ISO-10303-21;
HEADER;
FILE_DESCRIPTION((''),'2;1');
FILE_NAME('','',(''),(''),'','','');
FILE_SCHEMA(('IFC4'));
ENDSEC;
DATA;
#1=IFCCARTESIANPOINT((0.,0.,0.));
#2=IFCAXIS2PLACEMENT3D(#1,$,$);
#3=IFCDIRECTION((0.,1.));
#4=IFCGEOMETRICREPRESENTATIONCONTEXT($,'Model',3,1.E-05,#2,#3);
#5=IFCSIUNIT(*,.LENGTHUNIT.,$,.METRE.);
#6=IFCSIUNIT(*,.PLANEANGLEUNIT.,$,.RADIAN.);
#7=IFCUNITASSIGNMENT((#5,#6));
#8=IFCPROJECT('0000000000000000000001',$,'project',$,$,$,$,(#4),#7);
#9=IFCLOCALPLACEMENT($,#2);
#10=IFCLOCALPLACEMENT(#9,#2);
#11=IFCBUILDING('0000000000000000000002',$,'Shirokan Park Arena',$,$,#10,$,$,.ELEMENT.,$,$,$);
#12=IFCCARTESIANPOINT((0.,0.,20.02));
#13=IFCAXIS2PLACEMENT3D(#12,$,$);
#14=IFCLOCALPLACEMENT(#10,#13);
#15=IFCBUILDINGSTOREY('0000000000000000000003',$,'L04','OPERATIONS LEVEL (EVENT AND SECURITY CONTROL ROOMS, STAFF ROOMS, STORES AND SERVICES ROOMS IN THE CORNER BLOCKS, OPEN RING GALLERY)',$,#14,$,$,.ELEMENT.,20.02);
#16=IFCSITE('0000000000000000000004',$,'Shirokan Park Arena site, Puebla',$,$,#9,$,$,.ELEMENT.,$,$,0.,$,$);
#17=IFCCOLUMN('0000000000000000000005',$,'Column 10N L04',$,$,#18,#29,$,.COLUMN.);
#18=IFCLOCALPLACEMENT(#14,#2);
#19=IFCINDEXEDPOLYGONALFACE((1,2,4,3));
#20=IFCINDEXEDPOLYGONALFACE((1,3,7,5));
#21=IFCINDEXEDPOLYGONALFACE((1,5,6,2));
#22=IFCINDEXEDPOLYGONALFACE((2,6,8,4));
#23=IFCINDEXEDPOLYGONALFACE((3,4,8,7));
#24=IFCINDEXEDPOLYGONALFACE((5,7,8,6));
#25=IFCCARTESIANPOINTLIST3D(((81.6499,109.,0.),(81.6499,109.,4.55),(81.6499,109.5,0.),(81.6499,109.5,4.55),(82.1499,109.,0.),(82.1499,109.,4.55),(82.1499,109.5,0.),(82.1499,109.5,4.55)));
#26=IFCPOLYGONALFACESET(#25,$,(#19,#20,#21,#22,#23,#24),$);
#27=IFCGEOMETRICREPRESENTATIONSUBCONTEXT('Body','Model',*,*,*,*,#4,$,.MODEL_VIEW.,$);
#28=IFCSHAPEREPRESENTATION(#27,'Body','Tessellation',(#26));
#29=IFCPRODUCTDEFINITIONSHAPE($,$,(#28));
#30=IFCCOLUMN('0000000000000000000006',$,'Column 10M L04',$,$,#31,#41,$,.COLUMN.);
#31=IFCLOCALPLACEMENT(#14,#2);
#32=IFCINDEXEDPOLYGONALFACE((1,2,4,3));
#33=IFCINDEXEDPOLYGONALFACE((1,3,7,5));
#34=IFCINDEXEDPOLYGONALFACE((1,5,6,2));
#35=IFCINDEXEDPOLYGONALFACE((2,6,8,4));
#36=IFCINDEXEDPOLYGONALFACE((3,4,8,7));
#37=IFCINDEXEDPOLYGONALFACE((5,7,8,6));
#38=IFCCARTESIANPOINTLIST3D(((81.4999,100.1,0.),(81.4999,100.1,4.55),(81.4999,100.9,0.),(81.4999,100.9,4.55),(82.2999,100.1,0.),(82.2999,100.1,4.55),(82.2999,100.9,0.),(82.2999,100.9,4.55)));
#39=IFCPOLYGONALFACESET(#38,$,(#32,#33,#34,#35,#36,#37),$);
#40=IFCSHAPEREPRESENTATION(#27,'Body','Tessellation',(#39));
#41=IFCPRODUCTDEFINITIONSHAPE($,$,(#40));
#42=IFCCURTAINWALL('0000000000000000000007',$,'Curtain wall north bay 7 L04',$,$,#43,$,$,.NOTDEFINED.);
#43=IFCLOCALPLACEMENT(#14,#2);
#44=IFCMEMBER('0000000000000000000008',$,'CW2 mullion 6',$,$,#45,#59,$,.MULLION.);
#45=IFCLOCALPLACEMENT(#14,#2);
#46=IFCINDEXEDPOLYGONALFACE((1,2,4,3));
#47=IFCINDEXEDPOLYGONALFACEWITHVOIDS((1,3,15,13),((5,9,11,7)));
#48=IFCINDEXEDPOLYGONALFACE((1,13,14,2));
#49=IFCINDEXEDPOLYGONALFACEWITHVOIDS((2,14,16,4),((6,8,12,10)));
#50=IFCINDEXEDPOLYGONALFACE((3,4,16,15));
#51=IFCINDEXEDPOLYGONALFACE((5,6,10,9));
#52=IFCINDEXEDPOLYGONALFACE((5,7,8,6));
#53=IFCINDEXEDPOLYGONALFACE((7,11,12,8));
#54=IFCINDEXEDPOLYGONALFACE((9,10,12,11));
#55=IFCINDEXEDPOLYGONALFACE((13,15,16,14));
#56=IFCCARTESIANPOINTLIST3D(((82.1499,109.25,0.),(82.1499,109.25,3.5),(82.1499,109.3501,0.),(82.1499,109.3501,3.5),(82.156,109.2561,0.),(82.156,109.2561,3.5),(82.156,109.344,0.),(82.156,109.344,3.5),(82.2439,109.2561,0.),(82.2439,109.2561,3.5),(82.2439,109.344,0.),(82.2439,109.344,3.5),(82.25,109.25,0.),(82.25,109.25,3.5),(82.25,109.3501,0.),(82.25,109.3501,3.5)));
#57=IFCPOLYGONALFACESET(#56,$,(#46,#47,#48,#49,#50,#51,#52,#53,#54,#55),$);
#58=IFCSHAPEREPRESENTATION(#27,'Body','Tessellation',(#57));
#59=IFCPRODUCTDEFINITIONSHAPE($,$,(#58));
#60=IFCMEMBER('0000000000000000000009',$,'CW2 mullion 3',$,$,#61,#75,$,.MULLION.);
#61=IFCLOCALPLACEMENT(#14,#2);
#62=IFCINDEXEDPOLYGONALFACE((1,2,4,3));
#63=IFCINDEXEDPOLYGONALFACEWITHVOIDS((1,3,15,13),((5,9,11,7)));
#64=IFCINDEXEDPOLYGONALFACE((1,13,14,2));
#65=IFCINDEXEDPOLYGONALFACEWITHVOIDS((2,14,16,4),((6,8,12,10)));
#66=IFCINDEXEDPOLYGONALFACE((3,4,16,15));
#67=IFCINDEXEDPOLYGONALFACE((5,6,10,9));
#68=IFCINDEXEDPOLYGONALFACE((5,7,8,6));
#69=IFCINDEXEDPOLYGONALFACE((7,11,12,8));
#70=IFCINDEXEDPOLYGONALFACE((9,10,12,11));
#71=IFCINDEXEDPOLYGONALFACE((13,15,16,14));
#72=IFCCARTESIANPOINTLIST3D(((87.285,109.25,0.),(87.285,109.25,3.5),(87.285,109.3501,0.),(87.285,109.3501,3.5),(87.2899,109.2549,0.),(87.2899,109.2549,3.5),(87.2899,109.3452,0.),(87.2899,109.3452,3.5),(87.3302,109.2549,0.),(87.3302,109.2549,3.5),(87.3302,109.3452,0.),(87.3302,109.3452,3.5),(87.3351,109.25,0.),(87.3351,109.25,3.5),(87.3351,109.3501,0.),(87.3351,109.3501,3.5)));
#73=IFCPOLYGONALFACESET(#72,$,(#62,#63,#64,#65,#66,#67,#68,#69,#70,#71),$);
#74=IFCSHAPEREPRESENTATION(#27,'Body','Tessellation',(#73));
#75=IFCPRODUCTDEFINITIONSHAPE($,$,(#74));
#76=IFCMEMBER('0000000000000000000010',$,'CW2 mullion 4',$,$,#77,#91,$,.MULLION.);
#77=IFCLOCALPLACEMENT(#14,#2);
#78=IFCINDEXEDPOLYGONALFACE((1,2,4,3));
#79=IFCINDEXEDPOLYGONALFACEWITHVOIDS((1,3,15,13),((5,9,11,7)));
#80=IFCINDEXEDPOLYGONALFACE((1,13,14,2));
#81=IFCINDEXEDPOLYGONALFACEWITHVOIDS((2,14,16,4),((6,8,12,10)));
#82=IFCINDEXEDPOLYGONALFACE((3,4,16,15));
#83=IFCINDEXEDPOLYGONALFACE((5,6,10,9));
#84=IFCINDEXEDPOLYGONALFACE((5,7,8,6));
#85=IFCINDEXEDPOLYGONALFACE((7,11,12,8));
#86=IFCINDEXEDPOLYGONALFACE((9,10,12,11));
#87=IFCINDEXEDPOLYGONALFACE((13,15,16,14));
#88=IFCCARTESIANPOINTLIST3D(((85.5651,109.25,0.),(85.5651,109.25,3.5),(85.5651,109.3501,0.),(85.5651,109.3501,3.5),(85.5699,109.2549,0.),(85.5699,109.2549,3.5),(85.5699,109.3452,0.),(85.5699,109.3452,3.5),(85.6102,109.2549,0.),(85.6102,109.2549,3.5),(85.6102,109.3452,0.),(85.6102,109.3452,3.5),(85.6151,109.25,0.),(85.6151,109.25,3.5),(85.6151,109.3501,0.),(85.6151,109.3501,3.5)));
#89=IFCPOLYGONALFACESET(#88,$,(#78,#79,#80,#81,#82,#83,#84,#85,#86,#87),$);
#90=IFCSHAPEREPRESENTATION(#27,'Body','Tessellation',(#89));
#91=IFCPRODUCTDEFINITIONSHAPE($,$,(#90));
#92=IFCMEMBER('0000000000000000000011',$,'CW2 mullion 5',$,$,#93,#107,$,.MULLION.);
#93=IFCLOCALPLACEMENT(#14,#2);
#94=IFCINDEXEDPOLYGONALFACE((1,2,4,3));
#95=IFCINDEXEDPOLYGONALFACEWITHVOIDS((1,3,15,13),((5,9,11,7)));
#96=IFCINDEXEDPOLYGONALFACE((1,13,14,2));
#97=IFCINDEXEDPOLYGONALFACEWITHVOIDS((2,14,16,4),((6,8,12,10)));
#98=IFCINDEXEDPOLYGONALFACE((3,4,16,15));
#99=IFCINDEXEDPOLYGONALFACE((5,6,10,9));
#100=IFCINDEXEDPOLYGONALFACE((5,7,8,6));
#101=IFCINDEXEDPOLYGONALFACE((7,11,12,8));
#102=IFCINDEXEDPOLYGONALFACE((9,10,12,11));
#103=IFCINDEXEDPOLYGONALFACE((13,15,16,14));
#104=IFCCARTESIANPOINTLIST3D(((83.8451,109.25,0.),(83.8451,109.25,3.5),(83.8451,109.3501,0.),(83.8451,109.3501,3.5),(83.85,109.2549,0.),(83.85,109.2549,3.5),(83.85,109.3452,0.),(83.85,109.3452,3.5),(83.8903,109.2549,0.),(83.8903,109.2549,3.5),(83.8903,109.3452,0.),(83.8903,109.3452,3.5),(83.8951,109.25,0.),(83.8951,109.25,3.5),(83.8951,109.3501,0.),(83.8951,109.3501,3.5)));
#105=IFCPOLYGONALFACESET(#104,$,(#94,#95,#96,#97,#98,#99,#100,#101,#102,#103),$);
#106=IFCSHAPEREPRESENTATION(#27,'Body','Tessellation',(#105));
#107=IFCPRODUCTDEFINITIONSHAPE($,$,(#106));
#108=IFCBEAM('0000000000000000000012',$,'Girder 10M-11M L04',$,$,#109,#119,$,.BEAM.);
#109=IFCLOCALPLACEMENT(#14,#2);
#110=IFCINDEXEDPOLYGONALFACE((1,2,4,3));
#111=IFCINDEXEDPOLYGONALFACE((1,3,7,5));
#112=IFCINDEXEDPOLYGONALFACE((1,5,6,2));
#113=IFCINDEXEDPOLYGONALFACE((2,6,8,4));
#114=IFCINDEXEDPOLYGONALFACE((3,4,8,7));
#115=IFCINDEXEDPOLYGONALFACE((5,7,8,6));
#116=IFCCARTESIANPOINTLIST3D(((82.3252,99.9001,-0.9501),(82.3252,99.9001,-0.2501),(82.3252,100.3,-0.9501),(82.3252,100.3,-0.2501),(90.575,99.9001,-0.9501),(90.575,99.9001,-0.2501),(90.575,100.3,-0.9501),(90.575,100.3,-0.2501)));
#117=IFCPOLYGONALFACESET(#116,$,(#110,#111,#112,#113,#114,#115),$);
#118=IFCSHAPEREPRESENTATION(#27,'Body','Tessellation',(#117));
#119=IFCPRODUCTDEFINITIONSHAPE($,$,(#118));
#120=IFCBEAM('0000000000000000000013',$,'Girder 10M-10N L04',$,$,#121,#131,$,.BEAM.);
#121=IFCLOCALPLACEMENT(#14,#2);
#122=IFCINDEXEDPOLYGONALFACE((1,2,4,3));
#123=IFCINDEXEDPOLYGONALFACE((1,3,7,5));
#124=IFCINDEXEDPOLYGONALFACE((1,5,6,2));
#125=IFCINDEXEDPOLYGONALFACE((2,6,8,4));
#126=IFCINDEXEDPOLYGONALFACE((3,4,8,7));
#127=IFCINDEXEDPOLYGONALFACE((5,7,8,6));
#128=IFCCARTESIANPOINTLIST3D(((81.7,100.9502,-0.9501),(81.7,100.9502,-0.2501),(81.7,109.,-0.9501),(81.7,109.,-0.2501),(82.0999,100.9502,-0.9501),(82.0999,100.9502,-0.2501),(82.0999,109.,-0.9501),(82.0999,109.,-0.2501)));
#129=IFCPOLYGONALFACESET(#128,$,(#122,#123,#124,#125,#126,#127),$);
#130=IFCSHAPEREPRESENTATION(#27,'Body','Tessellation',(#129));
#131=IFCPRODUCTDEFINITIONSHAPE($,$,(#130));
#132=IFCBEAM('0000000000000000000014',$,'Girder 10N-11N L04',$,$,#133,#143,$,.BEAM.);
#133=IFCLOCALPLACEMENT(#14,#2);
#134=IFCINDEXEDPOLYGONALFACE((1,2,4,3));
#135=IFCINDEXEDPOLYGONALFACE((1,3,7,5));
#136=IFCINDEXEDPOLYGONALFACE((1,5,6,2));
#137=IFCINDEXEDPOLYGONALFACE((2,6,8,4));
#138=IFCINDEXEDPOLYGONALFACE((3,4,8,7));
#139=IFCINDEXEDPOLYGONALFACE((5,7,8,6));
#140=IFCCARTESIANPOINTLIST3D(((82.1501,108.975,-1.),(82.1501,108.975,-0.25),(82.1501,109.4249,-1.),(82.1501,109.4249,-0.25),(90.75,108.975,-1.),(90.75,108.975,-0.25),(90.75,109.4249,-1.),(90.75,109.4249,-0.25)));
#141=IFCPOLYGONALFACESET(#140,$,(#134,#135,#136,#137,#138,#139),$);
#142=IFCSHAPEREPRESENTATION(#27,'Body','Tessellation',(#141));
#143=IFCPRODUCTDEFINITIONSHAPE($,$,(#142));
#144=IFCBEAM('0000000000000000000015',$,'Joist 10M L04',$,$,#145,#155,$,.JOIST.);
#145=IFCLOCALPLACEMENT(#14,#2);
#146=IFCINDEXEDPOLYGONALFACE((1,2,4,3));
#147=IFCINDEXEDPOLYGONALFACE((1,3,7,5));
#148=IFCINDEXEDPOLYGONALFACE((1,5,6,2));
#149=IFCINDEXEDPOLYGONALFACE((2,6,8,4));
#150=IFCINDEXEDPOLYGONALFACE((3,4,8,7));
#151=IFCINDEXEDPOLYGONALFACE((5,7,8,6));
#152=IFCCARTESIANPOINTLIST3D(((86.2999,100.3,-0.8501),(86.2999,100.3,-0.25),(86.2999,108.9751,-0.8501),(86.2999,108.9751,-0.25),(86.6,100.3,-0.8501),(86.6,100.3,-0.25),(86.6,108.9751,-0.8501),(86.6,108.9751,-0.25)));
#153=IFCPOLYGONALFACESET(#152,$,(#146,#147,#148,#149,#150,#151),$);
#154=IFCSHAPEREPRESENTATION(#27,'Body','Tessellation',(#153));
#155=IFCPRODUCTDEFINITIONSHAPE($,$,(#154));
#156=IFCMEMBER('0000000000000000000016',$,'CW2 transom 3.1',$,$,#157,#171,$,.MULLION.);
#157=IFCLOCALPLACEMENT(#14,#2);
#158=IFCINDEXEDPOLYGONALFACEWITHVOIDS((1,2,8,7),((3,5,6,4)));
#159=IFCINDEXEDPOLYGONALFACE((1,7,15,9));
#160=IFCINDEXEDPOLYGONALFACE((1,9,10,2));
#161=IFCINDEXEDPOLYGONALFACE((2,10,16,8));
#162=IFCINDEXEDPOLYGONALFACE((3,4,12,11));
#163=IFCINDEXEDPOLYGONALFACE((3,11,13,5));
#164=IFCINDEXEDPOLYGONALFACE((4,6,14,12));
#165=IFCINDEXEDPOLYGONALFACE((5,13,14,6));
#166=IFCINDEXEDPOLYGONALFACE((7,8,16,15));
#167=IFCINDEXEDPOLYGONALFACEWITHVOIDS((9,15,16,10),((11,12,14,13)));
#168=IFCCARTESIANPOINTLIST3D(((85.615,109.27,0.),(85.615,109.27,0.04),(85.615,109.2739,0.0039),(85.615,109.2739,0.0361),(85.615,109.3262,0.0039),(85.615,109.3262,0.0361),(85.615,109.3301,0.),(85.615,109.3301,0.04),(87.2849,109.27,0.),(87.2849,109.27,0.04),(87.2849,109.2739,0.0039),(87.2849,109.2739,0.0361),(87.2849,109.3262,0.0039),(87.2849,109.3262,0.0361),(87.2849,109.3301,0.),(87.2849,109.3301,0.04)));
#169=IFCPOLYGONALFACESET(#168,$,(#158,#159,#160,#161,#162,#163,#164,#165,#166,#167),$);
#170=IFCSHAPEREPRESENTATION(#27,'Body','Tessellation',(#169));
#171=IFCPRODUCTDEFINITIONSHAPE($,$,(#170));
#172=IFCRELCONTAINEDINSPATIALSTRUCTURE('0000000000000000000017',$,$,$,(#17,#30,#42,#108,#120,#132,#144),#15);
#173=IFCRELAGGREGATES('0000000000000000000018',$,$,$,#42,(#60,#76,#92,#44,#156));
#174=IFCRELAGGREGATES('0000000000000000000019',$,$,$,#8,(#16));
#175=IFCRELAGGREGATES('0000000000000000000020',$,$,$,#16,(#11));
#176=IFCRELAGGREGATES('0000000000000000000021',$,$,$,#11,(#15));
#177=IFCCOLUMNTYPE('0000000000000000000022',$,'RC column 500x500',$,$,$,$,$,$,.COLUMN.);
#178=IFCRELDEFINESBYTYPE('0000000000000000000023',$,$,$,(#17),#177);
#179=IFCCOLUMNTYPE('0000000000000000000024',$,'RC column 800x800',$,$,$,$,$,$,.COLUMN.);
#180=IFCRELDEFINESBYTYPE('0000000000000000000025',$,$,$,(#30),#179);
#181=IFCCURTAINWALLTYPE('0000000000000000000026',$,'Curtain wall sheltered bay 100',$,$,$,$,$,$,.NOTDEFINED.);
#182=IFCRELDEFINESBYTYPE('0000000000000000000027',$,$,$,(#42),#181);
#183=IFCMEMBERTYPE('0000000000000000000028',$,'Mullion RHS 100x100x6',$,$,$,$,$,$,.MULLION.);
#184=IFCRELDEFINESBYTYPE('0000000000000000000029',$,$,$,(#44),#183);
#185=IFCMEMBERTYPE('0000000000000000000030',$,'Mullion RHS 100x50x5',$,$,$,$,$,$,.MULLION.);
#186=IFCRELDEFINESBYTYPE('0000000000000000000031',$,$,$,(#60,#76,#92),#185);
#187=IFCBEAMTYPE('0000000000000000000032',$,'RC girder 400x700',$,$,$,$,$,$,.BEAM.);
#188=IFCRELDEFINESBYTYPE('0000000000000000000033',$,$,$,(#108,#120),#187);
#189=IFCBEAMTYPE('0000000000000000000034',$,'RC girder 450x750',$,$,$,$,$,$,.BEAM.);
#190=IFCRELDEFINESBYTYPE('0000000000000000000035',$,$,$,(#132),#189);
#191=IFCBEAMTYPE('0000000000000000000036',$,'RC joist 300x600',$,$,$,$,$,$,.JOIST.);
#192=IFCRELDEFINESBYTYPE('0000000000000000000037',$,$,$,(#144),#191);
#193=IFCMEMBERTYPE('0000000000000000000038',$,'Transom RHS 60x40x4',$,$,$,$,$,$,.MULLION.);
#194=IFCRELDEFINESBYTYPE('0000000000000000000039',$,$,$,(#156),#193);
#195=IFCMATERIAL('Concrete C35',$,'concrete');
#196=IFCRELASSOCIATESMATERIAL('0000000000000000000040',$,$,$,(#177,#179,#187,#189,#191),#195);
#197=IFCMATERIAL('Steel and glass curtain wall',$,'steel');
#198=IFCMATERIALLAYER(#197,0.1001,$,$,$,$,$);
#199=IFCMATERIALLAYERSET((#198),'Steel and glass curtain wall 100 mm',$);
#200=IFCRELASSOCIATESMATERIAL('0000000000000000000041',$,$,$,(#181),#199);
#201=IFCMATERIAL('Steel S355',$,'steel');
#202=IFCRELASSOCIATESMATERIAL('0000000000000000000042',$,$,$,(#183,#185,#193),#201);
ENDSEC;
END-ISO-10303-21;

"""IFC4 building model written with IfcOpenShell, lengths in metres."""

from ifc_helpers import new_model, si_unit, direction, frame, origin, origin_2d, place, context, subcontext, project, spatial, rectangle, hollow_rectangle, extrude, material, layer, layer_set, material_profile, profile_set, type_object, element, aggregate, save


model = new_model("IFC4")

# Units and contexts
model_context = context("Model", 3, precision=1e-05, world=origin(), true_north=direction((0.0, 1.0)))
body_context = subcontext(model_context, "Body", "Model", "MODEL_VIEW")
ifc_project = project(units=[si_unit("LENGTHUNIT", "METRE"), si_unit("PLANEANGLEUNIT", "RADIAN")], contexts=[model_context])

# Site, building, storey
site_placement = place(None, origin())
site = spatial("IfcSite", under=ifc_project, at=site_placement, Name="Shirokan Park Arena site, Puebla", CompositionType="ELEMENT", RefElevation=0.0)
building_placement = place(site_placement, origin())
building = spatial("IfcBuilding", under=site, at=building_placement, Name="Shirokan Park Arena", CompositionType="ELEMENT")
storey_placement = place(building_placement, frame((0.0, 0.0, 20.02)))
storey = spatial("IfcBuildingStorey", under=building, at=storey_placement, Name="L04", Description="OPERATIONS LEVEL (EVENT AND SECURITY CONTROL ROOMS, STAFF ROOMS, STORES AND SERVICES ROOMS IN THE CORNER BLOCKS, OPEN RING GALLERY)", CompositionType="ELEMENT", Elevation=20.02)

# Columns
ifc_material_1 = material(Name="Concrete C35", Category="concrete")
ifc_material_profile_1 = material_profile(ifc_material_1, rectangle(XDim=0.5, YDim=0.5, at=origin_2d()), Name="500x500")
ifc_profile_set_1 = profile_set([ifc_material_profile_1], Name="Concrete C35")
column_type_1 = type_object("IfcColumnType", Name="RC column 500x500", PredefinedType="COLUMN", material=ifc_profile_set_1)
column_1_placement = place(storey_placement, frame((81.8999, 109.25, 0.0), z_axis=(0.0, 0.0, 1.0), x_axis=(1.0, 0.0, 0.0)))
element("IfcColumn", 1, at=column_1_placement, inside=storey, type_object=column_type_1, Name="Column 10N L04", PredefinedType="COLUMN", context=body_context, shape_type="SweptSolid", body=[
    extrude(rectangle(XDim=0.5, YDim=0.5, at=origin_2d()), origin(), (0.0, 0.0, 1.0), 4.55),
])
ifc_material_profile_2 = material_profile(ifc_material_1, rectangle(XDim=0.8, YDim=0.8, at=origin_2d()), Name="800x800")
ifc_profile_set_2 = profile_set([ifc_material_profile_2], Name="Concrete C35")
column_type_2 = type_object("IfcColumnType", Name="RC column 800x800", PredefinedType="COLUMN", material=ifc_profile_set_2)
column_2_placement = place(storey_placement, frame((81.8999, 100.5, 0.0), z_axis=(0.0, 0.0, 1.0), x_axis=(1.0, 0.0, 0.0)))
element("IfcColumn", 2, at=column_2_placement, inside=storey, type_object=column_type_2, Name="Column 10M L04", PredefinedType="COLUMN", context=body_context, shape_type="SweptSolid", body=[
    extrude(rectangle(XDim=0.8, YDim=0.8, at=origin_2d()), origin(), (0.0, 0.0, 1.0), 4.55),
])

# Curtain wall, members
ifc_material_2 = material(Name="Steel and glass curtain wall", Category="steel")
ifc_layer_1 = layer(ifc_material_2, 0.1001)
ifc_layer_set_1 = layer_set([ifc_layer_1], Name="Steel and glass curtain wall 100 mm")
curtain_wall_type = type_object("IfcCurtainWallType", Name="Curtain wall sheltered bay 100", PredefinedType="NOTDEFINED", material=ifc_layer_set_1)
curtain_wall_placement = place(storey_placement, origin())
curtain_wall = element("IfcCurtainWall", 3, at=curtain_wall_placement, inside=storey, type_object=curtain_wall_type, Name="Curtain wall north bay 7 L04", PredefinedType="NOTDEFINED")
ifc_material_3 = material(Name="Steel S355", Category="steel")
ifc_material_profile_3 = material_profile(ifc_material_3, hollow_rectangle(XDim=0.1001, YDim=0.1001, WallThickness=0.0061, at=origin_2d()), Name="RHS 100x100x6")
ifc_profile_set_3 = profile_set([ifc_material_profile_3], Name="Steel S355")
member_type_1 = type_object("IfcMemberType", Name="Mullion RHS 100x100x6", PredefinedType="MULLION", material=ifc_profile_set_3)
member_1_placement = place(storey_placement, frame((82.2, 109.3, 0.0), z_axis=(0.0, 0.0, 1.0), x_axis=(0.0, -1.0, 0.0)))
member_1 = element("IfcMember", 4, at=member_1_placement, type_object=member_type_1, Name="CW2 mullion 6", PredefinedType="MULLION", context=body_context, shape_type="SweptSolid", body=[
    extrude(hollow_rectangle(XDim=0.1001, YDim=0.1001, WallThickness=0.0061, at=origin_2d()), origin(), (0.0, 0.0, 1.0), 3.5),
])
ifc_material_profile_4 = material_profile(ifc_material_3, hollow_rectangle(XDim=0.1001, YDim=0.05, WallThickness=0.0049, at=origin_2d()), Name="RHS 100x50x5")
ifc_profile_set_4 = profile_set([ifc_material_profile_4], Name="Steel S355")
member_type_2 = type_object("IfcMemberType", Name="Mullion RHS 100x50x5", PredefinedType="MULLION", material=ifc_profile_set_4)
member_2_placement = place(storey_placement, frame((87.3101, 109.3, 0.0), z_axis=(0.0, 0.0, 1.0), x_axis=(0.0, -1.0, 0.0)))
member_2 = element("IfcMember", 5, at=member_2_placement, type_object=member_type_2, Name="CW2 mullion 3", PredefinedType="MULLION", context=body_context, shape_type="SweptSolid", body=[
    extrude(hollow_rectangle(XDim=0.1001, YDim=0.05, WallThickness=0.0049, at=origin_2d()), origin(), (0.0, 0.0, 1.0), 3.5),
])
member_3_placement = place(storey_placement, frame((85.5901, 109.3, 0.0), z_axis=(0.0, 0.0, 1.0), x_axis=(0.0, -1.0, 0.0)))
member_3 = element("IfcMember", 6, at=member_3_placement, type_object=member_type_2, Name="CW2 mullion 4", PredefinedType="MULLION", context=body_context, shape_type="SweptSolid", body=[
    extrude(hollow_rectangle(XDim=0.1001, YDim=0.05, WallThickness=0.0049, at=origin_2d()), origin(), (0.0, 0.0, 1.0), 3.5),
])
member_4_placement = place(storey_placement, frame((83.8701, 109.3, 0.0), z_axis=(0.0, 0.0, 1.0), x_axis=(0.0, -1.0, 0.0)))
member_4 = element("IfcMember", 7, at=member_4_placement, type_object=member_type_2, Name="CW2 mullion 5", PredefinedType="MULLION", context=body_context, shape_type="SweptSolid", body=[
    extrude(hollow_rectangle(XDim=0.1001, YDim=0.05, WallThickness=0.0049, at=origin_2d()), origin(), (0.0, 0.0, 1.0), 3.5),
])

# Beams
ifc_material_profile_5 = material_profile(ifc_material_1, rectangle(XDim=0.3999, YDim=0.7, at=origin_2d()), Name="400x700")
ifc_profile_set_5 = profile_set([ifc_material_profile_5], Name="Concrete C35")
beam_type_1 = type_object("IfcBeamType", Name="RC girder 400x700", PredefinedType="BEAM", material=ifc_profile_set_5)
beam_1_placement = place(storey_placement, frame((82.3252, 100.1001, -0.6001), z_axis=(1.0, 0.0, 0.0), x_axis=(0.0, 1.0, 0.0)))
element("IfcBeam", 8, at=beam_1_placement, inside=storey, type_object=beam_type_1, Name="Girder 10M-11M L04", PredefinedType="BEAM", context=body_context, shape_type="SweptSolid", body=[
    extrude(rectangle(XDim=0.3999, YDim=0.7, at=origin_2d()), origin(), (0.0, 0.0, 1.0), 8.2498),
])
beam_2_placement = place(storey_placement, frame((81.8999, 100.9502, -0.6001), z_axis=(0.0, 1.0, 0.0), x_axis=(-1.0, 0.0, 0.0)))
element("IfcBeam", 9, at=beam_2_placement, inside=storey, type_object=beam_type_1, Name="Girder 10M-10N L04", PredefinedType="BEAM", context=body_context, shape_type="SweptSolid", body=[
    extrude(rectangle(XDim=0.3999, YDim=0.7, at=origin_2d()), origin(), (0.0, 0.0, 1.0), 8.0498),
])
ifc_material_profile_6 = material_profile(ifc_material_1, rectangle(XDim=0.45, YDim=0.75, at=origin_2d()), Name="450x750")
ifc_profile_set_6 = profile_set([ifc_material_profile_6], Name="Concrete C35")
beam_type_2 = type_object("IfcBeamType", Name="RC girder 450x750", PredefinedType="BEAM", material=ifc_profile_set_6)
beam_3_placement = place(storey_placement, frame((82.1501, 109.2, -0.625), z_axis=(1.0, 0.0, 0.0), x_axis=(0.0, 1.0, 0.0)))
element("IfcBeam", 10, at=beam_3_placement, inside=storey, type_object=beam_type_2, Name="Girder 10N-11N L04", PredefinedType="BEAM", context=body_context, shape_type="SweptSolid", body=[
    extrude(rectangle(XDim=0.45, YDim=0.75, at=origin_2d()), origin(), (0.0, 0.0, 1.0), 8.5999),
])
ifc_material_profile_7 = material_profile(ifc_material_1, rectangle(XDim=0.3, YDim=0.6001, at=origin_2d()), Name="300x600")
ifc_profile_set_7 = profile_set([ifc_material_profile_7], Name="Concrete C35")
beam_type_3 = type_object("IfcBeamType", Name="RC joist 300x600", PredefinedType="JOIST", material=ifc_profile_set_7)
beam_4_placement = place(storey_placement, frame((86.45, 100.3, -0.55), z_axis=(0.0, 1.0, 0.0), x_axis=(-1.0, 0.0, 0.0)))
element("IfcBeam", 11, at=beam_4_placement, inside=storey, type_object=beam_type_3, Name="Joist 10M L04", PredefinedType="JOIST", context=body_context, shape_type="SweptSolid", body=[
    extrude(rectangle(XDim=0.3, YDim=0.6001, at=origin_2d()), origin(), (0.0, 0.0, 1.0), 8.675),
])

# Member
ifc_material_profile_8 = material_profile(ifc_material_3, hollow_rectangle(XDim=0.0601, YDim=0.04, WallThickness=0.0039, at=origin_2d()), Name="RHS 60x40x4")
ifc_profile_set_8 = profile_set([ifc_material_profile_8], Name="Steel S355")
member_type_3 = type_object("IfcMemberType", Name="Transom RHS 60x40x4", PredefinedType="MULLION", material=ifc_profile_set_8)
member_5_placement = place(storey_placement, frame((87.2849, 109.3, 0.02), z_axis=(-1.0, 0.0, 0.0), x_axis=(0.0, -1.0, 0.0)))
member_5 = element("IfcMember", 12, at=member_5_placement, type_object=member_type_3, Name="CW2 transom 3.1", PredefinedType="MULLION", context=body_context, shape_type="SweptSolid", body=[
    extrude(hollow_rectangle(XDim=0.0601, YDim=0.04, WallThickness=0.0039, at=origin_2d()), origin(), (0.0, 0.0, 1.0), 1.6699),
])

aggregate(curtain_wall, [member_2, member_3, member_4, member_1, member_5])

save(model, "model.ifc")
